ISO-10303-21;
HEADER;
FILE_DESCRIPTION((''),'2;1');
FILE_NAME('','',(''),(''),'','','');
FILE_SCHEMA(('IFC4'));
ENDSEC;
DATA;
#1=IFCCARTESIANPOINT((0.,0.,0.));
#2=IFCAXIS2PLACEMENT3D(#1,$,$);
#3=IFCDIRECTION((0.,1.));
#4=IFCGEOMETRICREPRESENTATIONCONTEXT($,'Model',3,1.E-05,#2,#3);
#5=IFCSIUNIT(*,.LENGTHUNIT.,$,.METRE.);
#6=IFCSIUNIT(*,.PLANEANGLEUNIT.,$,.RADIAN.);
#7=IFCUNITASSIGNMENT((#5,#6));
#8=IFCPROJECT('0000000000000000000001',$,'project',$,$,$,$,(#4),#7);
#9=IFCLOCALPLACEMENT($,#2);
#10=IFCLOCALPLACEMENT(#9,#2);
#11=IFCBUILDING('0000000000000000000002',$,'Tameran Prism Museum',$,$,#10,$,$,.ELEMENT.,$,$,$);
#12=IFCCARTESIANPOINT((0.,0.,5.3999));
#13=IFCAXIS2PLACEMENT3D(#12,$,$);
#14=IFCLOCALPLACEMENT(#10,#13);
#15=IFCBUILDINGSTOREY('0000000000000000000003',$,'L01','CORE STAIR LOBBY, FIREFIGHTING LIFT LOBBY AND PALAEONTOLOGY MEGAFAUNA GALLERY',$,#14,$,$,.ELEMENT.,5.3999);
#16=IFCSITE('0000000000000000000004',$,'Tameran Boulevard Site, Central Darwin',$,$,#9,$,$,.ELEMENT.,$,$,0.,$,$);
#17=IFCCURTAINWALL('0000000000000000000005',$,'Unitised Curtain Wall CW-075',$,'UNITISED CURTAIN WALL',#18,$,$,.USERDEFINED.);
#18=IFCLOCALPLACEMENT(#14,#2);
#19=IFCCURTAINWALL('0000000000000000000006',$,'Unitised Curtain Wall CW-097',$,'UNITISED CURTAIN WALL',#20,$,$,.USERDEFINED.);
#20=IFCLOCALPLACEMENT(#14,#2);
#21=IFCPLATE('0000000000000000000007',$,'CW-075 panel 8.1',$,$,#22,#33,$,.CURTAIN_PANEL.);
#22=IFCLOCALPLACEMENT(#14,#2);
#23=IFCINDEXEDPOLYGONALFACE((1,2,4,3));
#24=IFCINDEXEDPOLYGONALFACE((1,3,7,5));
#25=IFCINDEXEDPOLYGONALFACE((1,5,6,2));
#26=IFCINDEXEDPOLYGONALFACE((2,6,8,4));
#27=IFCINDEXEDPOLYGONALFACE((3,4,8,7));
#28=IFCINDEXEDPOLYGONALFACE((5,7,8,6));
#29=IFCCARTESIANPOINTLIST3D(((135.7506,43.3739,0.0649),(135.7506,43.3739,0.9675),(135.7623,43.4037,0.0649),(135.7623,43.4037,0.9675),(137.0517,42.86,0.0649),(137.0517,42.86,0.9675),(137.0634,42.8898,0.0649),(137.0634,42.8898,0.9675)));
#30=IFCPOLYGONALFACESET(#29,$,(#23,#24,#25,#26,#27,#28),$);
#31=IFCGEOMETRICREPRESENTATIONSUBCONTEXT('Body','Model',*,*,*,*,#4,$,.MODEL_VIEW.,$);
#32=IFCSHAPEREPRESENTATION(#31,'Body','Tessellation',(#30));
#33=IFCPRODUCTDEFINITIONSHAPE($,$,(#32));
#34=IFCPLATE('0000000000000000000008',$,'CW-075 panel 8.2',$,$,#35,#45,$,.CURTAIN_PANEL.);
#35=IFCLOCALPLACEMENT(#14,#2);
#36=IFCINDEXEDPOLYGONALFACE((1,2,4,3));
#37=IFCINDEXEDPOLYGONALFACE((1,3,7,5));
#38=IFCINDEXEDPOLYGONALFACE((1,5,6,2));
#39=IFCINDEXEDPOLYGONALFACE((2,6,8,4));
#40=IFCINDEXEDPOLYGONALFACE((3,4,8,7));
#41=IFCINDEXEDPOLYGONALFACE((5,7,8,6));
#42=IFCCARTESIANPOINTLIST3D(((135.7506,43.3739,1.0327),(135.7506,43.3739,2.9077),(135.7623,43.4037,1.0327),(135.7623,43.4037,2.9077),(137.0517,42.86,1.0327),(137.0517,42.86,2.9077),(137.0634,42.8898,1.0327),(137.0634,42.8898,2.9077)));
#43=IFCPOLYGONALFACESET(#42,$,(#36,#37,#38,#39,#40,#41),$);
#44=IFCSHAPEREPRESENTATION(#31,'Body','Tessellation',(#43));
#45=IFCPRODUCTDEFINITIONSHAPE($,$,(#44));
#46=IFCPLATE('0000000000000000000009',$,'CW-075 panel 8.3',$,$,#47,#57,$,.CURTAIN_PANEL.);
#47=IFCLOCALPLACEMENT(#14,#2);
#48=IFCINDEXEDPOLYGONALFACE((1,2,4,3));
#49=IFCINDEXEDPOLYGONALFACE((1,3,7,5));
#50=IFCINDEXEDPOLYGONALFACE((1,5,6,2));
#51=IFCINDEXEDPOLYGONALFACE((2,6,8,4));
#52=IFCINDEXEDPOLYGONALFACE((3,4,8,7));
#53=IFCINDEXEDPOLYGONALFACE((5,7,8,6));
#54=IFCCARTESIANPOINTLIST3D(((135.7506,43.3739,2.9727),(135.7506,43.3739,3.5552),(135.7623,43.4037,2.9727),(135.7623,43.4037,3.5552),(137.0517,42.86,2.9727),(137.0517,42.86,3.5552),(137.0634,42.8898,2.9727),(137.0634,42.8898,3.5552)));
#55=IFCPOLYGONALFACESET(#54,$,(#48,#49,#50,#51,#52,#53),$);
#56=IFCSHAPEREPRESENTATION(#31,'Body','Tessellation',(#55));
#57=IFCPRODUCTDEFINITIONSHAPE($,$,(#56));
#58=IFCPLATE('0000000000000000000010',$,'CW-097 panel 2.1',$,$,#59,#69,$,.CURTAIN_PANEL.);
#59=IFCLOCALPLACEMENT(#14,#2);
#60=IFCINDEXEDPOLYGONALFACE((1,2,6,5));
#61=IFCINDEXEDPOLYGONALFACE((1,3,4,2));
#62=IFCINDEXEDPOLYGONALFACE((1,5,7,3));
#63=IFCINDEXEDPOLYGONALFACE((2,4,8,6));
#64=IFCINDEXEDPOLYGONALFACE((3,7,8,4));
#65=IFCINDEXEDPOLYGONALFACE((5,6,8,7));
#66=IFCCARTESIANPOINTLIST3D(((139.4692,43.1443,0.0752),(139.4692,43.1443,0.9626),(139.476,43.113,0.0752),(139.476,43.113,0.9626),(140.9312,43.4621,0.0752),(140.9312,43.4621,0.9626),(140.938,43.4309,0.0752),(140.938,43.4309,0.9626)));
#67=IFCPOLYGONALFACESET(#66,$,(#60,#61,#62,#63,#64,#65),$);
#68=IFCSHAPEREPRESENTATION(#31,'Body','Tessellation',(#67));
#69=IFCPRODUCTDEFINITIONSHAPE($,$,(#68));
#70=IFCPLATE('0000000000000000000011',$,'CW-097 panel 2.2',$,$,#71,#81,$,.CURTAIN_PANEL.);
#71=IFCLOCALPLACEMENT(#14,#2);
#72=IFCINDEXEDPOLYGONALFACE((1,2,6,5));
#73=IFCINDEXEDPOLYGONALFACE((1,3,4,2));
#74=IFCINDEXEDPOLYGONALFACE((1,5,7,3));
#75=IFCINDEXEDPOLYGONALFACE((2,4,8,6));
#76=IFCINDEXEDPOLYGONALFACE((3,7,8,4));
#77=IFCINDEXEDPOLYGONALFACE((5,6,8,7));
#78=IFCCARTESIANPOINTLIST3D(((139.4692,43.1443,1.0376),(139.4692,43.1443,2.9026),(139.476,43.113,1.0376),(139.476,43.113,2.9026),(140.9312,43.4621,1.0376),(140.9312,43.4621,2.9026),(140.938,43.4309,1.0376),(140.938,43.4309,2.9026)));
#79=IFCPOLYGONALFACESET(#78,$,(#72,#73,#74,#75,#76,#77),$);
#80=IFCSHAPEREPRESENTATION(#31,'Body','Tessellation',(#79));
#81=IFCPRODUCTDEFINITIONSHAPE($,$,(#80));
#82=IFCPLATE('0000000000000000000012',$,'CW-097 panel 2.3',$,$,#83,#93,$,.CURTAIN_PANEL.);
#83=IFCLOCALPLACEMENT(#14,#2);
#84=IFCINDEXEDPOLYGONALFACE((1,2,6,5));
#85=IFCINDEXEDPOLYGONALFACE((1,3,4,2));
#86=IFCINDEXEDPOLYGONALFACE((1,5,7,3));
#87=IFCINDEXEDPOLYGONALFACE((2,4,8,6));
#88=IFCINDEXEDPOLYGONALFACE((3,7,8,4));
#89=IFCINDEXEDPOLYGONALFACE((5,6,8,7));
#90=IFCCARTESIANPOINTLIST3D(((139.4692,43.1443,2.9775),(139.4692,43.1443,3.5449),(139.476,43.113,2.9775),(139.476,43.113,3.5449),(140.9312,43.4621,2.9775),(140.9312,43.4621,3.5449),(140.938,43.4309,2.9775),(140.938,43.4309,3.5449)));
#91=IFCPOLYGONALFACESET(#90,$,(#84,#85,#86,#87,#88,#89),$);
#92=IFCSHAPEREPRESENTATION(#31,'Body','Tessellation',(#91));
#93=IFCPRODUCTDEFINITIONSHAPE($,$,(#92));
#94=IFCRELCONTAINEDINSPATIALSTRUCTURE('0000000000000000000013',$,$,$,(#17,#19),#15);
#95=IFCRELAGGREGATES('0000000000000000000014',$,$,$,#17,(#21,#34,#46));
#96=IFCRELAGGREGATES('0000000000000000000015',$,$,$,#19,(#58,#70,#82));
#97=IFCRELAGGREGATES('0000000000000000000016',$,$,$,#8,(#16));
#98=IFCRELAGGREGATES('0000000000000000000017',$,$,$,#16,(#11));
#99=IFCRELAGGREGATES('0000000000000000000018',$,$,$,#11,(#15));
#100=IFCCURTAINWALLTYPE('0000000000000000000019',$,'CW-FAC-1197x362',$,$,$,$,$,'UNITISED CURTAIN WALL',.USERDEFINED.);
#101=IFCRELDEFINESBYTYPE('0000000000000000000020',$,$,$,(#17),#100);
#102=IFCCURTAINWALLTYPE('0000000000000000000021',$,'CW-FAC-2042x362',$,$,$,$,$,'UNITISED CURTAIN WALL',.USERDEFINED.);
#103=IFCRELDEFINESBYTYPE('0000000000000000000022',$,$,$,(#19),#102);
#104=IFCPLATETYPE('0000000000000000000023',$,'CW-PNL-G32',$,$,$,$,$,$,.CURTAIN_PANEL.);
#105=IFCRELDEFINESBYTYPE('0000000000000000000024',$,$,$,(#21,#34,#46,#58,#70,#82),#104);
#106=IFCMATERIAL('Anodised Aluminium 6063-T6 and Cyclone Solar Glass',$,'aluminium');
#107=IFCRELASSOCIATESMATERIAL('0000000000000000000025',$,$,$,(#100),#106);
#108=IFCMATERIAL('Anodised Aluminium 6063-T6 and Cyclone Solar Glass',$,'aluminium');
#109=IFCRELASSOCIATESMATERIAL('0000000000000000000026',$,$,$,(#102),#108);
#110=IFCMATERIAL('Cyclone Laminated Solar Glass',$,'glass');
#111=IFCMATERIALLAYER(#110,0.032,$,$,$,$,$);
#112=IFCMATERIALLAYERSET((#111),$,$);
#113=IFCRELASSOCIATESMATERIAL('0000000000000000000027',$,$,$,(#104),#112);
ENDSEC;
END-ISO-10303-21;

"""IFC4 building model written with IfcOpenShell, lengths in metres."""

from ifc_helpers import new_model, si_unit, direction, frame, origin, origin_2d, place, context, subcontext, project, spatial, rectangle, extrude, material, layer, layer_set, type_object, element, aggregate, save


model = new_model("IFC4")

# Units and contexts
model_context = context("Model", 3, precision=1e-05, world=origin(), true_north=direction((0.0, 1.0)))
body_context = subcontext(model_context, "Body", "Model", "MODEL_VIEW")
ifc_project = project(units=[si_unit("LENGTHUNIT", "METRE"), si_unit("PLANEANGLEUNIT", "RADIAN")], contexts=[model_context])

# Site, building, storey
site_placement = place(None, origin())
site = spatial("IfcSite", under=ifc_project, at=site_placement, Name="Tameran Boulevard Site, Central Darwin", CompositionType="ELEMENT", RefElevation=0.0)
building_placement = place(site_placement, origin())
building = spatial("IfcBuilding", under=site, at=building_placement, Name="Tameran Prism Museum", CompositionType="ELEMENT")
storey_placement = place(building_placement, frame((0.0, 0.0, 5.3999)))
storey = spatial("IfcBuildingStorey", under=building, at=storey_placement, Name="L01", Description="CORE STAIR LOBBY, FIREFIGHTING LIFT LOBBY AND PALAEONTOLOGY MEGAFAUNA GALLERY", CompositionType="ELEMENT", Elevation=5.3999)

# Curtain wall
ifc_material_1 = material(Name="Anodised Aluminium 6063-T6 and Cyclone Solar Glass", Category="aluminium")
curtain_wall_type_1 = type_object("IfcCurtainWallType", Name="CW-FAC-1197x362", ElementType="UNITISED CURTAIN WALL", PredefinedType="USERDEFINED", material=ifc_material_1)
curtain_wall_1_placement = place(storey_placement, origin())
curtain_wall_1 = element("IfcCurtainWall", 1, at=curtain_wall_1_placement, inside=storey, type_object=curtain_wall_type_1, Name="Unitised Curtain Wall CW-075", ObjectType="UNITISED CURTAIN WALL", PredefinedType="USERDEFINED")

# Curtain wall
ifc_material_2 = material(Name="Anodised Aluminium 6063-T6 and Cyclone Solar Glass", Category="aluminium")
curtain_wall_type_2 = type_object("IfcCurtainWallType", Name="CW-FAC-2042x362", ElementType="UNITISED CURTAIN WALL", PredefinedType="USERDEFINED", material=ifc_material_2)
curtain_wall_2_placement = place(storey_placement, origin())
curtain_wall_2 = element("IfcCurtainWall", 2, at=curtain_wall_2_placement, inside=storey, type_object=curtain_wall_type_2, Name="Unitised Curtain Wall CW-097", ObjectType="UNITISED CURTAIN WALL", PredefinedType="USERDEFINED")

# Plates
ifc_material_3 = material(Name="Cyclone Laminated Solar Glass", Category="glass")
ifc_layer = layer(ifc_material_3, 0.032)
ifc_layer_set = layer_set([ifc_layer])
plate_type = type_object("IfcPlateType", Name="CW-PNL-G32", PredefinedType="CURTAIN_PANEL", material=ifc_layer_set)
plate_1_placement = place(storey_placement, frame((136.407, 43.1318, 0.0649), z_axis=(0.0, 0.0, 1.0), x_axis=(0.930081, -0.367355, 0.0)))
plate_1 = element("IfcPlate", 3, at=plate_1_placement, type_object=plate_type, Name="CW-075 panel 8.1", PredefinedType="CURTAIN_PANEL", context=body_context, shape_type="SweptSolid", body=[
    extrude(rectangle(XDim=1.3989, YDim=0.032, at=origin_2d()), origin(), (0.0, 0.0, 1.0), 0.9026),
])
plate_2_placement = place(storey_placement, frame((136.407, 43.1318, 1.0327), z_axis=(0.0, 0.0, 1.0), x_axis=(0.930081, -0.367355, 0.0)))
plate_2 = element("IfcPlate", 4, at=plate_2_placement, type_object=plate_type, Name="CW-075 panel 8.2", PredefinedType="CURTAIN_PANEL", context=body_context, shape_type="SweptSolid", body=[
    extrude(rectangle(XDim=1.3989, YDim=0.032, at=origin_2d()), origin(), (0.0, 0.0, 1.0), 1.875),
])
plate_3_placement = place(storey_placement, frame((136.407, 43.1318, 2.9727), z_axis=(0.0, 0.0, 1.0), x_axis=(0.930081, -0.367355, 0.0)))
plate_3 = element("IfcPlate", 5, at=plate_3_placement, type_object=plate_type, Name="CW-075 panel 8.3", PredefinedType="CURTAIN_PANEL", context=body_context, shape_type="SweptSolid", body=[
    extrude(rectangle(XDim=1.3989, YDim=0.032, at=origin_2d()), origin(), (0.0, 0.0, 1.0), 0.5825),
])
aggregate(curtain_wall_1, [plate_1, plate_2, plate_3])
plate_4_placement = place(storey_placement, frame((140.2036, 43.2876, 0.0752), z_axis=(0.0, 0.0, 1.0), x_axis=(0.977171, 0.212454, 0.0)))
plate_4 = element("IfcPlate", 6, at=plate_4_placement, type_object=plate_type, Name="CW-097 panel 2.1", PredefinedType="CURTAIN_PANEL", context=body_context, shape_type="SweptSolid", body=[
    extrude(rectangle(XDim=1.4961, YDim=0.032, at=origin_2d()), origin(), (0.0, 0.0, 1.0), 0.8875),
])
plate_5_placement = place(storey_placement, frame((140.2036, 43.2876, 1.0376), z_axis=(0.0, 0.0, 1.0), x_axis=(0.977171, 0.212454, 0.0)))
plate_5 = element("IfcPlate", 7, at=plate_5_placement, type_object=plate_type, Name="CW-097 panel 2.2", PredefinedType="CURTAIN_PANEL", context=body_context, shape_type="SweptSolid", body=[
    extrude(rectangle(XDim=1.4961, YDim=0.032, at=origin_2d()), origin(), (0.0, 0.0, 1.0), 1.865),
])
plate_6_placement = place(storey_placement, frame((140.2036, 43.2876, 2.9775), z_axis=(0.0, 0.0, 1.0), x_axis=(0.977171, 0.212454, 0.0)))
plate_6 = element("IfcPlate", 8, at=plate_6_placement, type_object=plate_type, Name="CW-097 panel 2.3", PredefinedType="CURTAIN_PANEL", context=body_context, shape_type="SweptSolid", body=[
    extrude(rectangle(XDim=1.4961, YDim=0.032, at=origin_2d()), origin(), (0.0, 0.0, 1.0), 0.5674),
])
aggregate(curtain_wall_2, [plate_4, plate_5, plate_6])

save(model, "model.ifc")
